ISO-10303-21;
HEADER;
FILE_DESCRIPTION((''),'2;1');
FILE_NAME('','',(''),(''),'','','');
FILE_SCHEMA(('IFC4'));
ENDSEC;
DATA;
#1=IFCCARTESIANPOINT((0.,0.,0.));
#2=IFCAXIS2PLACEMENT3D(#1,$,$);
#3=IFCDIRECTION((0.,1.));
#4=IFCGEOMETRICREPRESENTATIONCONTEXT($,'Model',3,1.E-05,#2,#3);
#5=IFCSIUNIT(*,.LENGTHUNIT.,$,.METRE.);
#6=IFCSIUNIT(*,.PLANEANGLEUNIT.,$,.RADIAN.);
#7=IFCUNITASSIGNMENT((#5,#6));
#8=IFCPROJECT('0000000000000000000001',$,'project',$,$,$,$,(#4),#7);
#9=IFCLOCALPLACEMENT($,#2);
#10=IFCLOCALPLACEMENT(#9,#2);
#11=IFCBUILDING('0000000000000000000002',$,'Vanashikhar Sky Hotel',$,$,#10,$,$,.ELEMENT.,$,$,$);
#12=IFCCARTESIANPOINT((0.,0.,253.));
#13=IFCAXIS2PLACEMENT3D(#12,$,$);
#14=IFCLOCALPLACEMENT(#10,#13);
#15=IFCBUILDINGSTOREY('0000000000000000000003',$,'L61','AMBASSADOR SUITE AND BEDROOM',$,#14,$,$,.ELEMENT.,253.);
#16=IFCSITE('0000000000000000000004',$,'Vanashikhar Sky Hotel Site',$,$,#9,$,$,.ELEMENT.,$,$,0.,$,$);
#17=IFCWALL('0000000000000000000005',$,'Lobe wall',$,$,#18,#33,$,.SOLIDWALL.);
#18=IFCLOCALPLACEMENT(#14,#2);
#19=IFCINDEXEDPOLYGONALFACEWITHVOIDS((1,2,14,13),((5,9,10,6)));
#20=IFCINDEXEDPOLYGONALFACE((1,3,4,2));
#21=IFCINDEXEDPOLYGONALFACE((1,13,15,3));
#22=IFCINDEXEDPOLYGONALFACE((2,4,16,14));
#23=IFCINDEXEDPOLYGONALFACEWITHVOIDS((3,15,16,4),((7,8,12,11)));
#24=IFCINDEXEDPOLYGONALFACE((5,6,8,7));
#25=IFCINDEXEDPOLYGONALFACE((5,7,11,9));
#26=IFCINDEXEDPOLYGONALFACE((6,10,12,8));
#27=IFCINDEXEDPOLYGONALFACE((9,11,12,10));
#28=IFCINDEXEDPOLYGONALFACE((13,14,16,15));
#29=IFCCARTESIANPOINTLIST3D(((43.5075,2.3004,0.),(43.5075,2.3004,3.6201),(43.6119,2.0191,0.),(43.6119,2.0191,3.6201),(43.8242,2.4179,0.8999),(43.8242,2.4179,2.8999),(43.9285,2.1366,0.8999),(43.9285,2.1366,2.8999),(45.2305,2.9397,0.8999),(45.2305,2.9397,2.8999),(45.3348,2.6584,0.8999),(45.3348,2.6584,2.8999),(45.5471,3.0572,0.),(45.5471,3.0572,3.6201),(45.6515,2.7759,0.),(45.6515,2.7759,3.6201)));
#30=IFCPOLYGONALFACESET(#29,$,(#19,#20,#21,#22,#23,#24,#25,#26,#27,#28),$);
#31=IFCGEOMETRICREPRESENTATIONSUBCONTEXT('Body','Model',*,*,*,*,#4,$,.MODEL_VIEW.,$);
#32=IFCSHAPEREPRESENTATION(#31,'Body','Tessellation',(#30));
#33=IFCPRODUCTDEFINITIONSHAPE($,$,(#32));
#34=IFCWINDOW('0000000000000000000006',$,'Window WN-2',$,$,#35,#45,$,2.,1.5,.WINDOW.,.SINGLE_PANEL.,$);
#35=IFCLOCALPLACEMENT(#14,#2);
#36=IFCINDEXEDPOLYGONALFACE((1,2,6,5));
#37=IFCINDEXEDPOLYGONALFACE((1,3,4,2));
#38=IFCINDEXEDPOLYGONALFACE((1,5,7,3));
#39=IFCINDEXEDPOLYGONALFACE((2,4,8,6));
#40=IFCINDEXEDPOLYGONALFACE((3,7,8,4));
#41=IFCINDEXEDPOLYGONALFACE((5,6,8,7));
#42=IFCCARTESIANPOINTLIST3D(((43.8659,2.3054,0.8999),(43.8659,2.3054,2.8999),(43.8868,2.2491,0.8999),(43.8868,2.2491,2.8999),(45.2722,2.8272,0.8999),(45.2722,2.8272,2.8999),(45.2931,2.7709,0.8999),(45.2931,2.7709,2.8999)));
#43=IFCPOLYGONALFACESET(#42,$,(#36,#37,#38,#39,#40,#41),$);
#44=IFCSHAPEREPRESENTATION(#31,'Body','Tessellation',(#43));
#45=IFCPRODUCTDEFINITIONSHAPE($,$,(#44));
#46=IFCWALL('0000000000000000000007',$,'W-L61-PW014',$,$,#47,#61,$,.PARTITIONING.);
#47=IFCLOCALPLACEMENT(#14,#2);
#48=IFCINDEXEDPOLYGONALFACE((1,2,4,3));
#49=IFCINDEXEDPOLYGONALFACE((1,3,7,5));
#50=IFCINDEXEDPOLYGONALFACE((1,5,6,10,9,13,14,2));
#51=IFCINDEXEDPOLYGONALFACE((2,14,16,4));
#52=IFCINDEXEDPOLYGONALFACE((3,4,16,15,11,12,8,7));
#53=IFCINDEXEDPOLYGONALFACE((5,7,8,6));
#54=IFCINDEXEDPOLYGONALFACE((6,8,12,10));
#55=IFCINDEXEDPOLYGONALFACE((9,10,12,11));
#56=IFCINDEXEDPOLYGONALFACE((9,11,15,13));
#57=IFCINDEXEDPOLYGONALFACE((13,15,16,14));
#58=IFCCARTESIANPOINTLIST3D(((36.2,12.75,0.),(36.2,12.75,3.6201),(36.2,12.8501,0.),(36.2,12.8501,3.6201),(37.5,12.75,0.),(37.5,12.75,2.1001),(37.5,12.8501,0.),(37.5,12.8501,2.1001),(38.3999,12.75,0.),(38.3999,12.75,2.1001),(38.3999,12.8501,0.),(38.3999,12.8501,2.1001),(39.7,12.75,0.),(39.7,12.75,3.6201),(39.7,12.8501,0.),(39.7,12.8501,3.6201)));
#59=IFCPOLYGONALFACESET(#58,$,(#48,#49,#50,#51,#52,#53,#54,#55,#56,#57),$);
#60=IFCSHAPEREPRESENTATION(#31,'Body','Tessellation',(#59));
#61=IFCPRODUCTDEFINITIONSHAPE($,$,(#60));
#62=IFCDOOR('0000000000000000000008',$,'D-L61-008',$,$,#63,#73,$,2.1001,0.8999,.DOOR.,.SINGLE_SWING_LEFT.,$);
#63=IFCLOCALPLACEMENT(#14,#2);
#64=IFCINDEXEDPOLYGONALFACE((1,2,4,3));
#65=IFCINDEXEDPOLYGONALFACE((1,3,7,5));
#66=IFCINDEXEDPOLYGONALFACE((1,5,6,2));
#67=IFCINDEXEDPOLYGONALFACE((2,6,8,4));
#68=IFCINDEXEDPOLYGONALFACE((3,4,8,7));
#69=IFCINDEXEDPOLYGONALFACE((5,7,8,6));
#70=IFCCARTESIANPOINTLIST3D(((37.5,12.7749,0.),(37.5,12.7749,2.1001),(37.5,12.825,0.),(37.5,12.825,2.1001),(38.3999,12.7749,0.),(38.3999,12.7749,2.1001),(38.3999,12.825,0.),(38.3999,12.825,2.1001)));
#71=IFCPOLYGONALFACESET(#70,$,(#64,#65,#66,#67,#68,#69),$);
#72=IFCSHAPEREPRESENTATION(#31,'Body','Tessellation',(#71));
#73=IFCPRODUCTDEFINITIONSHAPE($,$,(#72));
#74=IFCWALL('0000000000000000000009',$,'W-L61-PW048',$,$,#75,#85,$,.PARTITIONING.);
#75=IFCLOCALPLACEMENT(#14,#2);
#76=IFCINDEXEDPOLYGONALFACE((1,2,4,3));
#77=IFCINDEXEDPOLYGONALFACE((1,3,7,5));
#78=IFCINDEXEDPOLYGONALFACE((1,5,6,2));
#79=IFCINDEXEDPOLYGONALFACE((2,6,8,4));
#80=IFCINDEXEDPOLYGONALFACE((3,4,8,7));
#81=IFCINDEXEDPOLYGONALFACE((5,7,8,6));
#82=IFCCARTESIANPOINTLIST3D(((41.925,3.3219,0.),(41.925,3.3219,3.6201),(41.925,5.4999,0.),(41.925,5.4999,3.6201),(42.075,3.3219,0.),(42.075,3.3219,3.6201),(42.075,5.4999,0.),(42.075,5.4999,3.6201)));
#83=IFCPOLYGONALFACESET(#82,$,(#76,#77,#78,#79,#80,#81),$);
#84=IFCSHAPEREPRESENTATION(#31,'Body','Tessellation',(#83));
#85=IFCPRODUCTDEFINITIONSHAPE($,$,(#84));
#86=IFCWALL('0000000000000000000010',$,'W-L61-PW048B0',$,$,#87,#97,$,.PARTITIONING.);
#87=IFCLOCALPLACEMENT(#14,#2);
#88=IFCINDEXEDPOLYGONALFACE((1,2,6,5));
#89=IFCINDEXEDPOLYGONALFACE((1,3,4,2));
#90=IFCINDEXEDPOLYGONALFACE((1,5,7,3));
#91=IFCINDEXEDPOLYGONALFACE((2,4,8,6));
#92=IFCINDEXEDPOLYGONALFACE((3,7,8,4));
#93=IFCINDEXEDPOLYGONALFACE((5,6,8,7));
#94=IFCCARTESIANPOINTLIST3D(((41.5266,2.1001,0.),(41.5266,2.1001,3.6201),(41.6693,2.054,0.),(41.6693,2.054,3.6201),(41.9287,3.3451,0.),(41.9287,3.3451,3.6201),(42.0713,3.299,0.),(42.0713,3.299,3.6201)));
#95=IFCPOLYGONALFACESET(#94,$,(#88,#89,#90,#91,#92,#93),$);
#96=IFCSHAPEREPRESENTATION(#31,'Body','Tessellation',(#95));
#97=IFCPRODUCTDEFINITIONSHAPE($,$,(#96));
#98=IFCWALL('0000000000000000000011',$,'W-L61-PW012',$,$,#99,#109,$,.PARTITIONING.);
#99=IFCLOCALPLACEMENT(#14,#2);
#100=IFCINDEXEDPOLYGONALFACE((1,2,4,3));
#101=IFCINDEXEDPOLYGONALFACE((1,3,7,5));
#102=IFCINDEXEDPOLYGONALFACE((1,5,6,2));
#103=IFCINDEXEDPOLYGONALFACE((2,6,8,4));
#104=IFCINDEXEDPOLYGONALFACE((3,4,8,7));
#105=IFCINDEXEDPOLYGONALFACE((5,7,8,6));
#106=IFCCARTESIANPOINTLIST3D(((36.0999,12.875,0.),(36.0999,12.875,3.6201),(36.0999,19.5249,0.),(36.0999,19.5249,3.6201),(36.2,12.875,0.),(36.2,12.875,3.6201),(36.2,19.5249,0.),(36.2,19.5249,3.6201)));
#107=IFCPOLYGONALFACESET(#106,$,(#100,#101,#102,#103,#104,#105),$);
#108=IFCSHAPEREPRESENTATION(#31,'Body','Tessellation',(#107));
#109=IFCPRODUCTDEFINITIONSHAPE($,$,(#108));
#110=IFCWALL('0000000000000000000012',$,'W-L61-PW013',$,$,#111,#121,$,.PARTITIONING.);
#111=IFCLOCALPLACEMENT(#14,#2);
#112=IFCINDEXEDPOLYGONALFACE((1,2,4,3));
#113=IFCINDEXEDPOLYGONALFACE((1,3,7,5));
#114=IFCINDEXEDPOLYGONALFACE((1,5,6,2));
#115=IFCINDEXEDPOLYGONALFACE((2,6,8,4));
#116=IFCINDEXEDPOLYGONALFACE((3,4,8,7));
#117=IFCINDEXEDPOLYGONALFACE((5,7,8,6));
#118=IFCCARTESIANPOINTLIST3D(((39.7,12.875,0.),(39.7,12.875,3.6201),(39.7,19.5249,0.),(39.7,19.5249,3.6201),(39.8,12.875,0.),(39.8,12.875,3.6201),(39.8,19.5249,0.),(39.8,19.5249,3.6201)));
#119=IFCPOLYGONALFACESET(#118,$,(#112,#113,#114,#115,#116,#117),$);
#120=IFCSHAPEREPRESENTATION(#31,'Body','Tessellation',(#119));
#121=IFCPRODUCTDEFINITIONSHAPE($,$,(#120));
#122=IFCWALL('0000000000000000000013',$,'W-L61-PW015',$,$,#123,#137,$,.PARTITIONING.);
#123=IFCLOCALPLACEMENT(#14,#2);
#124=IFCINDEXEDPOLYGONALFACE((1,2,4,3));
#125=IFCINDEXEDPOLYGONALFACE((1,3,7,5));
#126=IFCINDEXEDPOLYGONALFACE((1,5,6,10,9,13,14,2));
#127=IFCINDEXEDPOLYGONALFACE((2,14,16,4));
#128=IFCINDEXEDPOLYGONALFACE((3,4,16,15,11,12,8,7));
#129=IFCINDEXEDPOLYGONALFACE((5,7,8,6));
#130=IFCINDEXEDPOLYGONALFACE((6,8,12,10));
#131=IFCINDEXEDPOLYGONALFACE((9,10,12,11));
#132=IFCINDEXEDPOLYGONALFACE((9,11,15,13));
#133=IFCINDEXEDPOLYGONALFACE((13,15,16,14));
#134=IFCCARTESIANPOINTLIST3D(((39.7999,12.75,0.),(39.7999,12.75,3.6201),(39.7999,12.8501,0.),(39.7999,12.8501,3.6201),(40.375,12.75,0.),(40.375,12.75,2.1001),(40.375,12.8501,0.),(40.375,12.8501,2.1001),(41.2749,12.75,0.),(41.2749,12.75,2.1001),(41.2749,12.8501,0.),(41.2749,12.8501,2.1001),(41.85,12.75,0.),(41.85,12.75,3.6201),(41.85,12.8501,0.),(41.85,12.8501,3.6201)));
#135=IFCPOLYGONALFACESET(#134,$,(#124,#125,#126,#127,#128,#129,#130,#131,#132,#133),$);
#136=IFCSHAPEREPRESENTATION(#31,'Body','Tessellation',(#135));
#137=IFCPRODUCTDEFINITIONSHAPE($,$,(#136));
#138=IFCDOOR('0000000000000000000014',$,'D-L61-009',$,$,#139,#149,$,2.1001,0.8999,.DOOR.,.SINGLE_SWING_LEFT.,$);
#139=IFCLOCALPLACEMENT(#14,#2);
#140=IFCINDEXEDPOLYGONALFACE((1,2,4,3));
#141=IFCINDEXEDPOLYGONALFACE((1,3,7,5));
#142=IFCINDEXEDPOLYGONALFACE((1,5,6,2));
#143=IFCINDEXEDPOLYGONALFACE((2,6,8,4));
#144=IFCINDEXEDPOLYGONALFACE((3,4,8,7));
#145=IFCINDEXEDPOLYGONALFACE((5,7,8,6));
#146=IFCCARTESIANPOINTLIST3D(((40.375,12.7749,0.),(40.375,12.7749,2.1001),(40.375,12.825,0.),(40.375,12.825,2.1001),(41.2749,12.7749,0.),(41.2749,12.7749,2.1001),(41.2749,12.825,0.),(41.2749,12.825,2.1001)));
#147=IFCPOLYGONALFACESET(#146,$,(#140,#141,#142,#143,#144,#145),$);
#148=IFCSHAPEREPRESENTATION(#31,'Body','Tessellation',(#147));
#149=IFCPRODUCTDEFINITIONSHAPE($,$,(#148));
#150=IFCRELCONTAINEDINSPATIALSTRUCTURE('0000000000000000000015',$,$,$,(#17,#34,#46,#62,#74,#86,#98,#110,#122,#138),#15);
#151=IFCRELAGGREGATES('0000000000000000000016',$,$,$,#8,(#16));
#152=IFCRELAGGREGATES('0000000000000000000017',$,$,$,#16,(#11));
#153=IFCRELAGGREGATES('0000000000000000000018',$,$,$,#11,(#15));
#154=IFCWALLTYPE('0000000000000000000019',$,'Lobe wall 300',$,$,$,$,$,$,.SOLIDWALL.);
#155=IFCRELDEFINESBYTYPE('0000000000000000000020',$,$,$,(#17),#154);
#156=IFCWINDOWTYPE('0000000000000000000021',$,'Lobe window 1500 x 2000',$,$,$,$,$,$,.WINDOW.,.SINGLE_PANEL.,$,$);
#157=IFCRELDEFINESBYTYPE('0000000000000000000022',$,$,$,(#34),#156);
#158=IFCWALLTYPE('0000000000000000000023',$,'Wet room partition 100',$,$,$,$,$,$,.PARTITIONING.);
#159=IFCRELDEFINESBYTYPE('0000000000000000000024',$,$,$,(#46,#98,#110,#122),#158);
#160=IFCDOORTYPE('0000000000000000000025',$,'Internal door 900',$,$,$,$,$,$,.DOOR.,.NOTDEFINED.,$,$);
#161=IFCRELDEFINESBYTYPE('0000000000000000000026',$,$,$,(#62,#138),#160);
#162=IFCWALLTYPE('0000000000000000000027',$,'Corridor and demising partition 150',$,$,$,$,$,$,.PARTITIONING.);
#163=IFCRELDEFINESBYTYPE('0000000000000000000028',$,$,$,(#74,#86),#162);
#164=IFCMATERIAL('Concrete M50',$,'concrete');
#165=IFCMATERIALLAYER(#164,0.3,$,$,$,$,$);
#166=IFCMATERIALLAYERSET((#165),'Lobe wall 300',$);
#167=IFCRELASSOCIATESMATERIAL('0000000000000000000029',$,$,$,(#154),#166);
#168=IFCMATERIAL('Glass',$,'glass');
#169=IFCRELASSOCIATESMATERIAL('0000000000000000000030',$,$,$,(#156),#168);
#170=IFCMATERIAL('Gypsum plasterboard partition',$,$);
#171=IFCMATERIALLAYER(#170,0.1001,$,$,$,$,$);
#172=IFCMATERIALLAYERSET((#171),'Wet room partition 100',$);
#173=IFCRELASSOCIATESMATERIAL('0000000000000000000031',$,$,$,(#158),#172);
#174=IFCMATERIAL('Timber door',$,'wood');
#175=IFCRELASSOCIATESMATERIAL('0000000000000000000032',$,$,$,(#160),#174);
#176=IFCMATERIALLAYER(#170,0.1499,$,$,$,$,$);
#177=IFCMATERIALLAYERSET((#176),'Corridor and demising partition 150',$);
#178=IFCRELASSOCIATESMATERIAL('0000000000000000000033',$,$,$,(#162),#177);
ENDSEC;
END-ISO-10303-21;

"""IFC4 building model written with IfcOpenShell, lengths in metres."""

from ifc_helpers import new_model, si_unit, direction, frame, frame_2d, origin, place, context, subcontext, project, spatial, rectangle, extrude, source, transform, mapped, material, layer, layer_set, type_object, element, fill, save


model = new_model("IFC4")

# Units and contexts
model_context = context("Model", 3, precision=1e-05, world=origin(), true_north=direction((0.0, 1.0)))
body_context = subcontext(model_context, "Body", "Model", "MODEL_VIEW")
ifc_project = project(units=[si_unit("LENGTHUNIT", "METRE"), si_unit("PLANEANGLEUNIT", "RADIAN")], contexts=[model_context])

# Site, building, storey
site_placement = place(None, origin())
site = spatial("IfcSite", under=ifc_project, at=site_placement, Name="Vanashikhar Sky Hotel Site", CompositionType="ELEMENT", RefElevation=0.0)
building_placement = place(site_placement, origin())
building = spatial("IfcBuilding", under=site, at=building_placement, Name="Vanashikhar Sky Hotel", CompositionType="ELEMENT")
storey_placement = place(building_placement, frame((0.0, 0.0, 253.0)))
storey = spatial("IfcBuildingStorey", under=building, at=storey_placement, Name="L61", Description="AMBASSADOR SUITE AND BEDROOM", CompositionType="ELEMENT", Elevation=253.0)

# Wall, opening, window
ifc_material_1 = material(Name="Concrete M50", Category="concrete")
ifc_layer_1 = layer(ifc_material_1, 0.3)
ifc_layer_set_1 = layer_set([ifc_layer_1], Name="Lobe wall 300")
wall_type_1 = type_object("IfcWallType", Name="Lobe wall 300", PredefinedType="SOLIDWALL", material=ifc_layer_set_1)
shared_shape_1 = source(origin(), body_context, "Body", "SweptSolid", [
    extrude(rectangle(XDim=1.5, YDim=2.0, at=frame_2d((0.75, 1.0))), frame((0.0, 0.1602, 0.0), z_axis=(0.0, -1.0, 0.0), x_axis=(1.0, 0.0, 0.0)), (0.0, 0.0, 1.0), 0.3201),
])
ifc_material_2 = material(Name="Glass", Category="glass")
window_type = type_object("IfcWindowType", Name="Lobe window 1500 x 2000", PartitioningType="SINGLE_PANEL", PredefinedType="WINDOW", material=ifc_material_2)
shared_shape_2 = source(origin(), body_context, "Body", "SweptSolid", [
    extrude(rectangle(XDim=1.5, YDim=2.0, at=frame_2d((0.75, 1.0))), frame((0.0, 0.03, 0.0), z_axis=(0.0, -1.0, 0.0), x_axis=(1.0, 0.0, 0.0)), (0.0, 0.0, 1.0), 0.0601),
])
shared_shape_3 = source(origin(), body_context, "Body", "SweptSolid", [
    extrude(rectangle(XDim=2.1755, YDim=0.3, at=frame_2d((1.0879, 0.0))), origin(), (0.0, 0.0, 1.0), 3.6201),
])
wall_1_placement = place(storey_placement, frame((43.5596, 2.1597, 0.0), z_axis=(0.0, 0.0, 1.0), x_axis=(0.937532, 0.347899, 0.0)))
wall_1 = element("IfcWall", 1, at=wall_1_placement, inside=storey, type_object=wall_type_1, Name="Lobe wall", PredefinedType="SOLIDWALL", context=body_context, shape_type="MappedRepresentation", body=[
    mapped(shared_shape_3, transform((0.0, 0.0, 0.0), scale=1.0)),
])
opening_1_placement = place(wall_1_placement, frame((0.3379, 0.0, 0.8999)))
opening_1 = element("IfcOpeningElement", 2, at=opening_1_placement, cuts=wall_1, PredefinedType="OPENING", context=body_context, shape_type="MappedRepresentation", body=[
    mapped(shared_shape_1, transform((0.0, 0.0, 0.0), scale=1.0)),
])
window_1_placement = place(opening_1_placement, origin())
window_1 = element("IfcWindow", 3, at=window_1_placement, inside=storey, type_object=window_type, Name="Window WN-2", OverallHeight=2.0, OverallWidth=1.5, PartitioningType="SINGLE_PANEL", PredefinedType="WINDOW", context=body_context, shape_type="MappedRepresentation", body=[
    mapped(shared_shape_2, transform((0.0, 0.0, 0.0), scale=1.0)),
])
fill(opening_1, window_1)

# Wall, opening, door
ifc_material_3 = material(Name="Gypsum plasterboard partition")
ifc_layer_2 = layer(ifc_material_3, 0.1001)
ifc_layer_set_2 = layer_set([ifc_layer_2], Name="Wet room partition 100")
wall_type_2 = type_object("IfcWallType", Name="Wet room partition 100", PredefinedType="PARTITIONING", material=ifc_layer_set_2)
shared_shape_4 = source(origin(), body_context, "Body", "SweptSolid", [
    extrude(rectangle(XDim=3.5, YDim=0.1001, at=frame_2d((1.75, 0.0))), origin(), (0.0, 0.0, 1.0), 3.6201),
])
wall_2_placement = place(storey_placement, frame((36.2, 12.8, 0.0), z_axis=(0.0, 0.0, 1.0), x_axis=(1.0, 0.0, 0.0)))
wall_2 = element("IfcWall", 4, at=wall_2_placement, inside=storey, type_object=wall_type_2, Name="W-L61-PW014", PredefinedType="PARTITIONING", context=body_context, shape_type="MappedRepresentation", body=[
    mapped(shared_shape_4, transform((0.0, 0.0, 0.0), scale=1.0)),
])
shared_shape_5 = source(origin(), body_context, "Body", "SweptSolid", [
    extrude(rectangle(XDim=0.8999, YDim=2.1001, at=frame_2d((0.45, 1.05))), frame((0.0, 0.0601, 0.0), z_axis=(0.0, -1.0, 0.0), x_axis=(1.0, 0.0, 0.0)), (0.0, 0.0, 1.0), 0.1201),
])
opening_2_placement = place(wall_2_placement, frame((1.3, 0.0, 0.0)))
opening_2 = element("IfcOpeningElement", 5, at=opening_2_placement, cuts=wall_2, PredefinedType="OPENING", context=body_context, shape_type="MappedRepresentation", body=[
    mapped(shared_shape_5, transform((0.0, 0.0, 0.0), scale=1.0)),
])
ifc_material_4 = material(Name="Timber door", Category="wood")
door_type = type_object("IfcDoorType", Name="Internal door 900", OperationType="NOTDEFINED", PredefinedType="DOOR", material=ifc_material_4)
shared_shape_6 = source(origin(), body_context, "Body", "SweptSolid", [
    extrude(rectangle(XDim=0.8999, YDim=2.1001, at=frame_2d((0.45, 1.05))), frame((0.0, 0.0249, 0.0), z_axis=(0.0, -1.0, 0.0), x_axis=(1.0, 0.0, 0.0)), (0.0, 0.0, 1.0), 0.05),
])
door_1_placement = place(opening_2_placement, origin())
door_1 = element("IfcDoor", 6, at=door_1_placement, inside=storey, type_object=door_type, Name="D-L61-008", OperationType="SINGLE_SWING_LEFT", OverallHeight=2.1001, OverallWidth=0.8999, PredefinedType="DOOR", context=body_context, shape_type="MappedRepresentation", body=[
    mapped(shared_shape_6, transform((0.0, 0.0, 0.0), scale=1.0)),
])
fill(opening_2, door_1)

# Walls
ifc_layer_3 = layer(ifc_material_3, 0.1499)
ifc_layer_set_3 = layer_set([ifc_layer_3], Name="Corridor and demising partition 150")
wall_type_3 = type_object("IfcWallType", Name="Corridor and demising partition 150", PredefinedType="PARTITIONING", material=ifc_layer_set_3)
shared_shape_7 = source(origin(), body_context, "Body", "SweptSolid", [
    extrude(rectangle(XDim=2.178, YDim=0.1499, at=frame_2d((1.0889, 0.0))), origin(), (0.0, 0.0, 1.0), 3.6201),
])
wall_3_placement = place(storey_placement, frame((42.0, 3.322, 0.0), z_axis=(0.0, 0.0, 1.0), x_axis=(0.0, 1.0, 0.0)))
element("IfcWall", 7, at=wall_3_placement, inside=storey, type_object=wall_type_3, Name="W-L61-PW048", PredefinedType="PARTITIONING", context=body_context, shape_type="MappedRepresentation", body=[
    mapped(shared_shape_7, transform((0.0, 0.0, 0.0), scale=1.0)),
])
shared_shape_8 = source(origin(), body_context, "Body", "SweptSolid", [
    extrude(rectangle(XDim=1.3083, YDim=0.1499, at=frame_2d((0.6543, 0.0))), origin(), (0.0, 0.0, 1.0), 3.6201),
])
wall_4_placement = place(storey_placement, frame((41.5979, 2.0769, 0.0), z_axis=(0.0, 0.0, 1.0), x_axis=(0.307314, 0.951608, 0.0)))
element("IfcWall", 8, at=wall_4_placement, inside=storey, type_object=wall_type_3, Name="W-L61-PW048B0", PredefinedType="PARTITIONING", context=body_context, shape_type="MappedRepresentation", body=[
    mapped(shared_shape_8, transform((0.0, 0.0, 0.0), scale=1.0)),
])
shared_shape_9 = source(origin(), body_context, "Body", "SweptSolid", [
    extrude(rectangle(XDim=6.6499, YDim=0.1001, at=frame_2d((3.325, 0.0))), origin(), (0.0, 0.0, 1.0), 3.6201),
])
for number, where, z_axis, x_axis, name in (
    (9, (36.1499, 12.875, 0.0), (0.0, 0.0, 1.0), (0.0, 1.0, 0.0), "W-L61-PW012"),
    (10, (39.75, 12.875, 0.0), (0.0, 0.0, 1.0), (0.0, 1.0, 0.0), "W-L61-PW013"),
):
    element("IfcWall", number, at=place(storey_placement, frame(where, z_axis=z_axis, x_axis=x_axis)), inside=storey, type_object=wall_type_2, Name=name, PredefinedType="PARTITIONING", context=body_context, shape_type="MappedRepresentation", body=[
        mapped(shared_shape_9, transform((0.0, 0.0, 0.0), scale=1.0)),
    ])

# Wall, opening, door
shared_shape_10 = source(origin(), body_context, "Body", "SweptSolid", [
    extrude(rectangle(XDim=2.05, YDim=0.1001, at=frame_2d((1.0249, 0.0))), origin(), (0.0, 0.0, 1.0), 3.6201),
])
wall_5_placement = place(storey_placement, frame((39.8, 12.8, 0.0), z_axis=(0.0, 0.0, 1.0), x_axis=(1.0, 0.0, 0.0)))
wall_5 = element("IfcWall", 11, at=wall_5_placement, inside=storey, type_object=wall_type_2, Name="W-L61-PW015", PredefinedType="PARTITIONING", context=body_context, shape_type="MappedRepresentation", body=[
    mapped(shared_shape_10, transform((0.0, 0.0, 0.0), scale=1.0)),
])
opening_3_placement = place(wall_5_placement, frame((0.575, 0.0, 0.0)))
opening_3 = element("IfcOpeningElement", 12, at=opening_3_placement, cuts=wall_5, PredefinedType="OPENING", context=body_context, shape_type="MappedRepresentation", body=[
    mapped(shared_shape_5, transform((0.0, 0.0, 0.0), scale=1.0)),
])
door_2_placement = place(opening_3_placement, origin())
door_2 = element("IfcDoor", 13, at=door_2_placement, inside=storey, type_object=door_type, Name="D-L61-009", OperationType="SINGLE_SWING_LEFT", OverallHeight=2.1001, OverallWidth=0.8999, PredefinedType="DOOR", context=body_context, shape_type="MappedRepresentation", body=[
    mapped(shared_shape_6, transform((0.0, 0.0, 0.0), scale=1.0)),
])
fill(opening_3, door_2)

save(model, "model.ifc")
